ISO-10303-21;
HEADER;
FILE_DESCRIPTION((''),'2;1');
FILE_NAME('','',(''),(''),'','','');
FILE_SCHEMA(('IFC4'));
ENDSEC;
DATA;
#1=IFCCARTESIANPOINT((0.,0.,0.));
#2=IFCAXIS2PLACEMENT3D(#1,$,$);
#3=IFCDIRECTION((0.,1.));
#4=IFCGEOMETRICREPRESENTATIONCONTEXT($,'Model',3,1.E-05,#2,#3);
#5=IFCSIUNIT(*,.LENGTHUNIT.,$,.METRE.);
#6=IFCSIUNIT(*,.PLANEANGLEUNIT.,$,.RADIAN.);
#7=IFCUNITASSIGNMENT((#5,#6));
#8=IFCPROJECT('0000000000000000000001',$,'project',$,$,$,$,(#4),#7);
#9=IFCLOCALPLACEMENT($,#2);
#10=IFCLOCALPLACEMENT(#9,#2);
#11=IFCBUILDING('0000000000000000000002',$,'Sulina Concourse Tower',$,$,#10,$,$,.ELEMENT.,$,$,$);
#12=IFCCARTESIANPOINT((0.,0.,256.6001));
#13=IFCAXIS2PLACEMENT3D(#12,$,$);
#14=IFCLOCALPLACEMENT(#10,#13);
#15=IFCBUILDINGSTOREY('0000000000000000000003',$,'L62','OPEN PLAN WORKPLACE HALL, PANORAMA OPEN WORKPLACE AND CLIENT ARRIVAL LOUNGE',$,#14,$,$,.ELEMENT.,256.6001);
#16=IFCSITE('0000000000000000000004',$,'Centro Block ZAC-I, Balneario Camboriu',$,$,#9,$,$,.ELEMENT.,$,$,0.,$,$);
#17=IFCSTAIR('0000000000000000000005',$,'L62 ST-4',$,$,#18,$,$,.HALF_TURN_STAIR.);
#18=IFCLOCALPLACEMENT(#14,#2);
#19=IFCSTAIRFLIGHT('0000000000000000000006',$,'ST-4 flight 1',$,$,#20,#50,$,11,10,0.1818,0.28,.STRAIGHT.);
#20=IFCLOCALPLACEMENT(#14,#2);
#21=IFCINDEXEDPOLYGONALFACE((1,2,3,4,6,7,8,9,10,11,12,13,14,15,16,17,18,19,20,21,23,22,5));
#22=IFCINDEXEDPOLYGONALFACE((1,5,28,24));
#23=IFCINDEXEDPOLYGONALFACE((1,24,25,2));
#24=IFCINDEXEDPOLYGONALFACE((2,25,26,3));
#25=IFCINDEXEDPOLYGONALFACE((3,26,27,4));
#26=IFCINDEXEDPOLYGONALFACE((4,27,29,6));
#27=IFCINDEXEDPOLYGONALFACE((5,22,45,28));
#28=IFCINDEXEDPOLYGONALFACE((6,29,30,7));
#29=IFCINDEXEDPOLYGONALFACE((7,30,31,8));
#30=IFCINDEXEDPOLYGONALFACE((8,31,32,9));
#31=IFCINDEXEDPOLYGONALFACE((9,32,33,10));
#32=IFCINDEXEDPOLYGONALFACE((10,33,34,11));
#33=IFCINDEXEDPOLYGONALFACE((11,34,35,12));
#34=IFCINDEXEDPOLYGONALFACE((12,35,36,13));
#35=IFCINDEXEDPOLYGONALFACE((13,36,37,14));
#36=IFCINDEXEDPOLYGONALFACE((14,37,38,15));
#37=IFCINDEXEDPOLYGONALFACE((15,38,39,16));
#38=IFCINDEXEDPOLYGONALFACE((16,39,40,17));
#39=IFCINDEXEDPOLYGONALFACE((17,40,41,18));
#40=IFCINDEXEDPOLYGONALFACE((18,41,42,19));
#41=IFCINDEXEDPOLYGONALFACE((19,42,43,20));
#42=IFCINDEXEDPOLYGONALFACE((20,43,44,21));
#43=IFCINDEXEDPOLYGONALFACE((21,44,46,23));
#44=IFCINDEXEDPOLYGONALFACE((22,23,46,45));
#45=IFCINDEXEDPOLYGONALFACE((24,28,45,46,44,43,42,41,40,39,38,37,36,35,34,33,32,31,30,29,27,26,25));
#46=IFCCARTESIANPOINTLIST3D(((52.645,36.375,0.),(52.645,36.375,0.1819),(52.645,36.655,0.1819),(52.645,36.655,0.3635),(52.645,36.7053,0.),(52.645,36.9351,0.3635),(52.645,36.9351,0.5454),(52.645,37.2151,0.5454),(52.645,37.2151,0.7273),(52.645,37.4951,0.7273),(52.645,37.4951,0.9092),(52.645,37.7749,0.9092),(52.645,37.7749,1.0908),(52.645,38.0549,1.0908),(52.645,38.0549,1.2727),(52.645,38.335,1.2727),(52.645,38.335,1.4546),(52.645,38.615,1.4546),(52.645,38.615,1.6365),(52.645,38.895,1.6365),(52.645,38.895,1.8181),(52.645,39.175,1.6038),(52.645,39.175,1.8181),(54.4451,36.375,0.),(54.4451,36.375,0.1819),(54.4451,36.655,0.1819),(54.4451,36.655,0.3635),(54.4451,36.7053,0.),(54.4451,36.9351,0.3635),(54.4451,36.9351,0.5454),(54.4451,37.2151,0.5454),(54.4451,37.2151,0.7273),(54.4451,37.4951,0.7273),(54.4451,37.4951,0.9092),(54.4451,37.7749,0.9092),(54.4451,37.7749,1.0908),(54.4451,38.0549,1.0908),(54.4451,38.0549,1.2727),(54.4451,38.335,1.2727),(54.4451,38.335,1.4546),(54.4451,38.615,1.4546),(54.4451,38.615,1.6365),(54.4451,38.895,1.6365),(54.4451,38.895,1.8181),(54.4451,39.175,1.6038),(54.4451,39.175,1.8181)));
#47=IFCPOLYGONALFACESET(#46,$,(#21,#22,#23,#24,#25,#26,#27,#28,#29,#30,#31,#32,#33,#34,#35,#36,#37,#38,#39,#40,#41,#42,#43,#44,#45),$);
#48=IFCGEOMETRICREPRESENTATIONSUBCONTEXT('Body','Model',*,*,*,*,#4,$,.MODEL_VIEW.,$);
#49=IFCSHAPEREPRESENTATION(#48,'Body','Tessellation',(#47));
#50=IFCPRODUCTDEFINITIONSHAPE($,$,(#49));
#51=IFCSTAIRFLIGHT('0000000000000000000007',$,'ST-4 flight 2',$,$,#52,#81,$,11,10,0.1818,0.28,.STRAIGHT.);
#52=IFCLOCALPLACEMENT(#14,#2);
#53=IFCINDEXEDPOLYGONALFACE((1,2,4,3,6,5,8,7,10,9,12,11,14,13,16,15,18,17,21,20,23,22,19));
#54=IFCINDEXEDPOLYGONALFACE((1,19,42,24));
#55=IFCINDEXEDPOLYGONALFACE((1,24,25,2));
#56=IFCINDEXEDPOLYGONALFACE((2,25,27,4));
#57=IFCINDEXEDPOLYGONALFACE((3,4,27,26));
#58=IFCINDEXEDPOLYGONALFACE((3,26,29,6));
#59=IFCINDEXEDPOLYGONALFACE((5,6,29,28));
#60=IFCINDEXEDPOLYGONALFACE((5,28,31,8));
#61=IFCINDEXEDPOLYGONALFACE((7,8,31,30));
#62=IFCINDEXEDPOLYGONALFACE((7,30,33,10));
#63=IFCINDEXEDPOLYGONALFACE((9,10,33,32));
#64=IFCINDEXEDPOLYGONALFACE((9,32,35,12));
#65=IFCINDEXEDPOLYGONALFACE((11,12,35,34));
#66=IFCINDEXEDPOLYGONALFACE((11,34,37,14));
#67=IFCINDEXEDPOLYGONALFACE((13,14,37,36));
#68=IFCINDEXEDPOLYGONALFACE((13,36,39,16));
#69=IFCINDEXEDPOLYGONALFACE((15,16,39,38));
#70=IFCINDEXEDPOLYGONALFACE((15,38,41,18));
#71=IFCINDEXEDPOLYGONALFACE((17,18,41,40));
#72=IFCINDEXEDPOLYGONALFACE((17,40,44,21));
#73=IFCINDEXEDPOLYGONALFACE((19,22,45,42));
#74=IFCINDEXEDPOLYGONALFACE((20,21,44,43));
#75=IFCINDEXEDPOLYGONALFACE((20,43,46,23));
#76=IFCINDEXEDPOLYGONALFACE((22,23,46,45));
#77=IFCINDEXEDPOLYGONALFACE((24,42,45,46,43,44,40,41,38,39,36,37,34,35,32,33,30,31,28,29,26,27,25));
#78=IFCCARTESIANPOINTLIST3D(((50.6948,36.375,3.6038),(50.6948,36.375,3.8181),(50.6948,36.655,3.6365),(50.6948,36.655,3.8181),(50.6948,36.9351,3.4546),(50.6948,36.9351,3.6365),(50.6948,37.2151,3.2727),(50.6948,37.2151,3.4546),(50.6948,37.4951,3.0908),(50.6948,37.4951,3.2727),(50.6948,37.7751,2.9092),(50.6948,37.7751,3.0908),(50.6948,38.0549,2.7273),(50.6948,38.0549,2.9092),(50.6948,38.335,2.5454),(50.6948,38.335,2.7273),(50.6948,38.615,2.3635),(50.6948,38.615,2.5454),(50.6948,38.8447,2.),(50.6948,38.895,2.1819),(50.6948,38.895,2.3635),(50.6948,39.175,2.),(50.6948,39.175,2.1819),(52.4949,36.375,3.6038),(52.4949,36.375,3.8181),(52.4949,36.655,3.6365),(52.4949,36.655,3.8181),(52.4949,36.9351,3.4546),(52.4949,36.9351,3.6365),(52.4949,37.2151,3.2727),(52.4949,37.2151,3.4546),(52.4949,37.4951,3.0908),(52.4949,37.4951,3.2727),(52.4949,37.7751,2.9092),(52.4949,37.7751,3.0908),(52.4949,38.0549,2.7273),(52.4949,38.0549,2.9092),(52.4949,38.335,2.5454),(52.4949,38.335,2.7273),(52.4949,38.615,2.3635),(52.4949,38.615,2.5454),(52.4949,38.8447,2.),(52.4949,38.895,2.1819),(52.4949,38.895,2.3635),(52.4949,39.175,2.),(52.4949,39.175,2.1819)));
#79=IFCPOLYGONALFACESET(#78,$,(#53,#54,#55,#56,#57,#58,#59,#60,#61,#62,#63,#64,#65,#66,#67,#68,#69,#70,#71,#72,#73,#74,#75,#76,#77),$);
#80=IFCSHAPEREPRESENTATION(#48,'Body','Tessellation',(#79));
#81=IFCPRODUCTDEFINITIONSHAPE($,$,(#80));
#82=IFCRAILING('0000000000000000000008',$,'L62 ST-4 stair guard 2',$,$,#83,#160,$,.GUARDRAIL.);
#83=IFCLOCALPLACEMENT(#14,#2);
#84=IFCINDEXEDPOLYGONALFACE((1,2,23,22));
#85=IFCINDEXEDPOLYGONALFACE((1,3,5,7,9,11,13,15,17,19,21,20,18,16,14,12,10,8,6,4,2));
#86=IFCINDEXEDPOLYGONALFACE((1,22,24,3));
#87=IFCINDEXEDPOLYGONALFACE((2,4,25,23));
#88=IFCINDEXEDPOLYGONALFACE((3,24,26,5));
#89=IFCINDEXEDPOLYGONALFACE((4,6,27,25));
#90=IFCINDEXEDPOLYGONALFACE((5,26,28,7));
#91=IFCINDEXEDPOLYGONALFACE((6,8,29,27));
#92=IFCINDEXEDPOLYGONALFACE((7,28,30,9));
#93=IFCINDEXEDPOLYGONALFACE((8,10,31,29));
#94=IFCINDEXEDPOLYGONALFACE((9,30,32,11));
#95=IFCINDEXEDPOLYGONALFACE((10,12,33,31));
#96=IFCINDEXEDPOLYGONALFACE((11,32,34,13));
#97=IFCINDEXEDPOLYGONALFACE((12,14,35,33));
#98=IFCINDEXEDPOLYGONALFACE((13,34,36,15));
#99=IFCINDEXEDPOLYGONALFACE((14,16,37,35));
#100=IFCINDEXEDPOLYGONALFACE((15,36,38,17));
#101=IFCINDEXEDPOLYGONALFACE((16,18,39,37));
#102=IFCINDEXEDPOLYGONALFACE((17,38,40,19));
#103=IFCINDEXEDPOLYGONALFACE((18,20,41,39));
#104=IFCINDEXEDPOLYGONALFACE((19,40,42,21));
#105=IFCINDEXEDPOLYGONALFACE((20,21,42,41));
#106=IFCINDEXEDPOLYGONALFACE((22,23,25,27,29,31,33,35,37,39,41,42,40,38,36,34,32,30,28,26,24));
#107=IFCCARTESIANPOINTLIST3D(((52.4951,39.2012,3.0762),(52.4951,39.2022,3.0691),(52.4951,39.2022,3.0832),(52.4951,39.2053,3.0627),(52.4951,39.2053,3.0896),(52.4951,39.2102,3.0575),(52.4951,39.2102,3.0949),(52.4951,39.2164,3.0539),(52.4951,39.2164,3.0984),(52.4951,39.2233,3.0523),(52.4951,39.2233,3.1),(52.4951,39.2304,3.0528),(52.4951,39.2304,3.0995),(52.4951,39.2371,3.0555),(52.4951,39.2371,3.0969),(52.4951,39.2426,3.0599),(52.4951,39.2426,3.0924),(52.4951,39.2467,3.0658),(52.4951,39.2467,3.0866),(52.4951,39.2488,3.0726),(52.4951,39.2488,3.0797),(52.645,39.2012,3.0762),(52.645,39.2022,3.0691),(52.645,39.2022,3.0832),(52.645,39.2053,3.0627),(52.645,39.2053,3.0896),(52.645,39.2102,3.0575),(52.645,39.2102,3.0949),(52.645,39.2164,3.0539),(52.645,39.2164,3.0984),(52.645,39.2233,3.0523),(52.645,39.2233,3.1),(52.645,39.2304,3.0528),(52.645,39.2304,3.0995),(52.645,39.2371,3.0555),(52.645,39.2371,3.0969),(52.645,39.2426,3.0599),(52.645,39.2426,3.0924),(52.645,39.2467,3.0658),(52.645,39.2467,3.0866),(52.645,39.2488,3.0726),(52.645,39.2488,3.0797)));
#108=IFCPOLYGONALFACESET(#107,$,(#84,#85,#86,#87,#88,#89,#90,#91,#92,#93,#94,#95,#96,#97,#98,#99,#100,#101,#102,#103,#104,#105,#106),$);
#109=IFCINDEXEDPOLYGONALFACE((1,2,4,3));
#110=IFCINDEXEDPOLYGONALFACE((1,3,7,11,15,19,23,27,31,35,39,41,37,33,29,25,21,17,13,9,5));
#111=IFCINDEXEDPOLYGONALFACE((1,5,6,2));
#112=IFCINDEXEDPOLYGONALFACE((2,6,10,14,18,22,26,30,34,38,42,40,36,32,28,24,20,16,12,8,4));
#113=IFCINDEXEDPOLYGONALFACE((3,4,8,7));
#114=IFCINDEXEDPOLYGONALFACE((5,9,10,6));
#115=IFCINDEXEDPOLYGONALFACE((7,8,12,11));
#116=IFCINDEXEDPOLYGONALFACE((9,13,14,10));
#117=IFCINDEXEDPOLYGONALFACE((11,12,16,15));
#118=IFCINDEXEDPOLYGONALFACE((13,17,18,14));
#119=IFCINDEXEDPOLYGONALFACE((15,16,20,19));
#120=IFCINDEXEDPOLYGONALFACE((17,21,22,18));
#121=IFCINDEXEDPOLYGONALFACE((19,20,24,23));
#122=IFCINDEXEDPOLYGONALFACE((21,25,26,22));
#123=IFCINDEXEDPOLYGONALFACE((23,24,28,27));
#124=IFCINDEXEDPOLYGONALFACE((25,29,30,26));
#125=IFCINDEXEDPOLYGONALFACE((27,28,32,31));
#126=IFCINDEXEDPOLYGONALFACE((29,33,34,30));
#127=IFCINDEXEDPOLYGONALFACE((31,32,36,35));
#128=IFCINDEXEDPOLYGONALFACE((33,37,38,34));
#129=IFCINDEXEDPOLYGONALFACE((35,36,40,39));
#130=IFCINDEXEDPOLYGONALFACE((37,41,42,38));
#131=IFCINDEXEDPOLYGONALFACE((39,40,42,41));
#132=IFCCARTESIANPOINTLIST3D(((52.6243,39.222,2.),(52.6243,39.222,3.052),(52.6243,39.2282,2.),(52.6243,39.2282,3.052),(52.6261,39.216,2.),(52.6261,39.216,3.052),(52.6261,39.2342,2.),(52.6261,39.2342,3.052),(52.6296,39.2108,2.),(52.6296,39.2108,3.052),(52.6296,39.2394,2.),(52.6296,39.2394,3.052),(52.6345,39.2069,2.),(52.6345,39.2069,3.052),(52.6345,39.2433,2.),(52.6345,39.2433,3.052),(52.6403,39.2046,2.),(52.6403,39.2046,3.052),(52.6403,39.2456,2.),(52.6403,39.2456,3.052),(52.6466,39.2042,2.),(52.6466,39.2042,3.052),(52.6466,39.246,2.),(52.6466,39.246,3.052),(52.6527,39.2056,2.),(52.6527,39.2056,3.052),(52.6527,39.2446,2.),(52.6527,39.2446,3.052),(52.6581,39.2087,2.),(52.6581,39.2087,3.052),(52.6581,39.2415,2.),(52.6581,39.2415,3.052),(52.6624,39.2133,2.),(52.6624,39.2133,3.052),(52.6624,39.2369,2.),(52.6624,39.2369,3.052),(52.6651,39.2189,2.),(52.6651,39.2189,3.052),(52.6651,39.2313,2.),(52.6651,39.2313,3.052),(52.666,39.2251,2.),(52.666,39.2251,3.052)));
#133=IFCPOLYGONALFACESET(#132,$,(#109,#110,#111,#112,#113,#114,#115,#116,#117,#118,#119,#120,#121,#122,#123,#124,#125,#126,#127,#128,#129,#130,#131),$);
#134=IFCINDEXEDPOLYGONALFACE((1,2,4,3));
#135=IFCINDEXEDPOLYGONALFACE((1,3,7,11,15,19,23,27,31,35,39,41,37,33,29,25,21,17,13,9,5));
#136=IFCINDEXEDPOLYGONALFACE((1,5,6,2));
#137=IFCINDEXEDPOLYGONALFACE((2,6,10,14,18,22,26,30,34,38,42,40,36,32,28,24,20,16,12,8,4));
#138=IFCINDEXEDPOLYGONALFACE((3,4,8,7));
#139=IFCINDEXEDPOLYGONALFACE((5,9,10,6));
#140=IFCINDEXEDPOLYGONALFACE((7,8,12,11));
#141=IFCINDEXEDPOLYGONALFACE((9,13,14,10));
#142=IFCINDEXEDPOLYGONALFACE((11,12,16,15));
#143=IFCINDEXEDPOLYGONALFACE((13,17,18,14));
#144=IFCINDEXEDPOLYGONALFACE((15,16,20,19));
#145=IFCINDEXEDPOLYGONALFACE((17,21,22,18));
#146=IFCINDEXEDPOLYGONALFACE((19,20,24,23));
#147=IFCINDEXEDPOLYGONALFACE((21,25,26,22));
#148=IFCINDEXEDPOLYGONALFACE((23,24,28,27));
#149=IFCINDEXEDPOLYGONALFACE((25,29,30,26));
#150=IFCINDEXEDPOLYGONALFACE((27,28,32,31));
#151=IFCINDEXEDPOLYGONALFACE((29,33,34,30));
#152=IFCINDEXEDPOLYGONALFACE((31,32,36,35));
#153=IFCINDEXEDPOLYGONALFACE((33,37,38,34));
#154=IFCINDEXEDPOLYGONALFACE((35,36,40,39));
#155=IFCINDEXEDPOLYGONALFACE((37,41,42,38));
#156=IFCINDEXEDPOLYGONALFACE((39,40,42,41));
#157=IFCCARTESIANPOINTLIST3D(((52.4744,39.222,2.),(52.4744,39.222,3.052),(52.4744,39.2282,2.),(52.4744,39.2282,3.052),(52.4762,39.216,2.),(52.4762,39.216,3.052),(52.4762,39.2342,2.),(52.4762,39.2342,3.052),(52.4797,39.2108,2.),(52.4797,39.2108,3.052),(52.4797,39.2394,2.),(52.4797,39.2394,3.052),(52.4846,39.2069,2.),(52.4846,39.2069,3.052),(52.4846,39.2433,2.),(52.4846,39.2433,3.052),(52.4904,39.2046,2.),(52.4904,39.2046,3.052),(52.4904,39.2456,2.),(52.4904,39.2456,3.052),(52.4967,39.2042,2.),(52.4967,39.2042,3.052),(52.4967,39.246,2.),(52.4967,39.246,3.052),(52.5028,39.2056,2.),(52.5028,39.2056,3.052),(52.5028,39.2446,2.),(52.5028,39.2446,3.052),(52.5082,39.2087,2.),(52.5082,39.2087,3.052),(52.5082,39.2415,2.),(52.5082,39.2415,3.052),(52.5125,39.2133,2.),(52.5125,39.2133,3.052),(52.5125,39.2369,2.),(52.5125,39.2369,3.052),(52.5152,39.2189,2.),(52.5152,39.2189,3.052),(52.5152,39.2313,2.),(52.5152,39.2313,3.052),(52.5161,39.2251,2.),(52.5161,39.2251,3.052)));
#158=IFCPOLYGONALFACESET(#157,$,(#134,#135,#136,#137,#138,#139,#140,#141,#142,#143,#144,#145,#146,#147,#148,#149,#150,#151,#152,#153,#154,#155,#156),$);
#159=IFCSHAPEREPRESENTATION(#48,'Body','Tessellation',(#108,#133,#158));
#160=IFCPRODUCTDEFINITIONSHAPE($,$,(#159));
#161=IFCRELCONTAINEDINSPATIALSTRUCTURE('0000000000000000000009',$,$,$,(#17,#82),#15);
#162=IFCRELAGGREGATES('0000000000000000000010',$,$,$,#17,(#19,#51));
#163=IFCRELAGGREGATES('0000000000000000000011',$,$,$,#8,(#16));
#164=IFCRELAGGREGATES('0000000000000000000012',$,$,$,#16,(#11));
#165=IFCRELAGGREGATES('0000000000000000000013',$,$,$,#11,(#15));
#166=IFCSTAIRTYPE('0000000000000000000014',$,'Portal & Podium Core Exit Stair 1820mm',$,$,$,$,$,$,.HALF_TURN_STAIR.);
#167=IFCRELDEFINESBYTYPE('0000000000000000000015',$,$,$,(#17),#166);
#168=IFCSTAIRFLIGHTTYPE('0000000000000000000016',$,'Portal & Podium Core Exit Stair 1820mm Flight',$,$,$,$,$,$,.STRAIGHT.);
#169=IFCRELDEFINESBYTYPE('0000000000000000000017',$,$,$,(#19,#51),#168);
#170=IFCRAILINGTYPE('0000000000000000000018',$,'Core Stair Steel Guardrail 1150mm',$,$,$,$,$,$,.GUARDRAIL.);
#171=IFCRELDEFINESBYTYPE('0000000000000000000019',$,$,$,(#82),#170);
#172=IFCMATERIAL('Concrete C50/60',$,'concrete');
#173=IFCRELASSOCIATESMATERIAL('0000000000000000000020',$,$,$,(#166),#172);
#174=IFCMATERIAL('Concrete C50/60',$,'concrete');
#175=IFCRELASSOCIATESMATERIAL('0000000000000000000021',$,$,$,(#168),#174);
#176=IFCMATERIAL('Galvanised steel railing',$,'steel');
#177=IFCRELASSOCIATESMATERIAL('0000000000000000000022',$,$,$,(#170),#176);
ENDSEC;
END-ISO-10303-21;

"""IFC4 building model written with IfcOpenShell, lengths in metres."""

from ifc_helpers import new_model, si_unit, direction, frame, origin, origin_2d, place, context, subcontext, project, spatial, polyline, circle, outline, extrude, material, type_object, element, aggregate, save


model = new_model("IFC4")

# Units and contexts
model_context = context("Model", 3, precision=1e-05, world=origin(), true_north=direction((0.0, 1.0)))
body_context = subcontext(model_context, "Body", "Model", "MODEL_VIEW")
ifc_project = project(units=[si_unit("LENGTHUNIT", "METRE"), si_unit("PLANEANGLEUNIT", "RADIAN")], contexts=[model_context])

# Site, building, storey
site_placement = place(None, origin())
site = spatial("IfcSite", under=ifc_project, at=site_placement, Name="Centro Block ZAC-I, Balneario Camboriu", CompositionType="ELEMENT", RefElevation=0.0)
building_placement = place(site_placement, origin())
building = spatial("IfcBuilding", under=site, at=building_placement, Name="Sulina Concourse Tower", CompositionType="ELEMENT")
storey_placement = place(building_placement, frame((0.0, 0.0, 256.6001)))
storey = spatial("IfcBuildingStorey", under=building, at=storey_placement, Name="L62", Description="OPEN PLAN WORKPLACE HALL, PANORAMA OPEN WORKPLACE AND CLIENT ARRIVAL LOUNGE", CompositionType="ELEMENT", Elevation=256.6001)

# Stair, stair flights
ifc_material_1 = material(Name="Concrete C50/60", Category="concrete")
stair_type = type_object("IfcStairType", Name="Portal & Podium Core Exit Stair 1820mm", PredefinedType="HALF_TURN_STAIR", material=ifc_material_1)
stair_placement = place(storey_placement, origin())
stair = element("IfcStair", 1, at=stair_placement, inside=storey, type_object=stair_type, Name="L62 ST-4", PredefinedType="HALF_TURN_STAIR")
ifc_material_2 = material(Name="Concrete C50/60", Category="concrete")
stair_flight_type = type_object("IfcStairFlightType", Name="Portal & Podium Core Exit Stair 1820mm Flight", PredefinedType="STRAIGHT", material=ifc_material_2)
stair_flight_1_placement = place(storey_placement, frame((53.5449, 36.375, 0.0), z_axis=(0.0, 0.0, 1.0), x_axis=(0.0, 1.0, 0.0)))
stair_flight_1 = element("IfcStairFlight", 2, at=stair_flight_1_placement, type_object=stair_flight_type, Name="ST-4 flight 1", NumberOfRisers=11, NumberOfTreads=10, PredefinedType="STRAIGHT", RiserHeight=0.1818, TreadLength=0.28, context=body_context, shape_type="SweptSolid", body=[
    extrude(outline(polyline([(0.0, 0.0), (0.0, 0.1819), (0.28, 0.1819), (0.28, 0.3635), (0.5601, 0.3635), (0.5601, 0.5454), (0.8401, 0.5454), (0.8401, 0.7273), (1.1201, 0.7273), (1.1201, 0.9092), (1.3999, 0.9092), (1.3999, 1.0908), (1.6799, 1.0908), (1.6799, 1.2727), (1.96, 1.2727), (1.96, 1.4546), (2.24, 1.4546), (2.24, 1.6365), (2.52, 1.6365), (2.52, 1.8181), (2.8, 1.8181), (2.8, 2.0), (2.8, 1.6038), (0.3303, 0.0), (0.0, 0.0)])), frame((0.0, 0.8999, 0.0), z_axis=(0.0, -1.0, 0.0), x_axis=(1.0, 0.0, 0.0)), (0.0, 0.0, 1.0), 1.8),
])
stair_flight_2_placement = place(storey_placement, frame((51.595, 39.175, 2.0), z_axis=(0.0, 0.0, 1.0), x_axis=(0.0, -1.0, 0.0)))
stair_flight_2 = element("IfcStairFlight", 3, at=stair_flight_2_placement, type_object=stair_flight_type, Name="ST-4 flight 2", NumberOfRisers=11, NumberOfTreads=10, PredefinedType="STRAIGHT", RiserHeight=0.1818, TreadLength=0.28, context=body_context, shape_type="SweptSolid", body=[
    extrude(outline(polyline([(0.0, 0.0), (0.0, 0.1819), (0.28, 0.1819), (0.28, 0.3635), (0.5601, 0.3635), (0.5601, 0.5454), (0.8401, 0.5454), (0.8401, 0.7273), (1.1201, 0.7273), (1.1201, 0.9092), (1.3999, 0.9092), (1.3999, 1.0908), (1.6799, 1.0908), (1.6799, 1.2727), (1.96, 1.2727), (1.96, 1.4546), (2.24, 1.4546), (2.24, 1.6365), (2.52, 1.6365), (2.52, 1.8181), (2.8, 1.8181), (2.8, 2.0), (2.8, 1.6038), (0.3303, 0.0), (0.0, 0.0)])), frame((0.0, 0.8999, 0.0), z_axis=(0.0, -1.0, 0.0), x_axis=(1.0, 0.0, 0.0)), (0.0, 0.0, 1.0), 1.8),
])
aggregate(stair, [stair_flight_1, stair_flight_2])

# Railing
ifc_material_3 = material(Name="Galvanised steel railing", Category="steel")
railing_type_1 = type_object("IfcRailingType", Name="Core Stair Steel Guardrail 1150mm", PredefinedType="GUARDRAIL", material=ifc_material_3)
railing_1_placement = place(storey_placement, frame((52.645, 39.2251, 2.0)))
element("IfcRailing", 4, at=railing_1_placement, inside=storey, type_object=railing_type_1, Name="L62 ST-4 stair guard 2", PredefinedType="GUARDRAIL", context=body_context, shape_type="SweptSolid", body=[
    extrude(circle(Radius=0.0239, at=origin_2d()), frame((0.0, 0.0, 1.0762), z_axis=(-1.0, 0.0, 0.0), x_axis=(0.0, -1.0, 0.0)), (0.0, 0.0, 1.0), 0.1499),
    extrude(circle(Radius=0.021, at=origin_2d()), origin(), (0.0, 0.0, 1.0), 1.052),
    extrude(circle(Radius=0.021, at=origin_2d()), frame((-0.1499, 0.0, 0.0)), (0.0, 0.0, 1.0), 1.052),
])

save(model, "model.ifc")
